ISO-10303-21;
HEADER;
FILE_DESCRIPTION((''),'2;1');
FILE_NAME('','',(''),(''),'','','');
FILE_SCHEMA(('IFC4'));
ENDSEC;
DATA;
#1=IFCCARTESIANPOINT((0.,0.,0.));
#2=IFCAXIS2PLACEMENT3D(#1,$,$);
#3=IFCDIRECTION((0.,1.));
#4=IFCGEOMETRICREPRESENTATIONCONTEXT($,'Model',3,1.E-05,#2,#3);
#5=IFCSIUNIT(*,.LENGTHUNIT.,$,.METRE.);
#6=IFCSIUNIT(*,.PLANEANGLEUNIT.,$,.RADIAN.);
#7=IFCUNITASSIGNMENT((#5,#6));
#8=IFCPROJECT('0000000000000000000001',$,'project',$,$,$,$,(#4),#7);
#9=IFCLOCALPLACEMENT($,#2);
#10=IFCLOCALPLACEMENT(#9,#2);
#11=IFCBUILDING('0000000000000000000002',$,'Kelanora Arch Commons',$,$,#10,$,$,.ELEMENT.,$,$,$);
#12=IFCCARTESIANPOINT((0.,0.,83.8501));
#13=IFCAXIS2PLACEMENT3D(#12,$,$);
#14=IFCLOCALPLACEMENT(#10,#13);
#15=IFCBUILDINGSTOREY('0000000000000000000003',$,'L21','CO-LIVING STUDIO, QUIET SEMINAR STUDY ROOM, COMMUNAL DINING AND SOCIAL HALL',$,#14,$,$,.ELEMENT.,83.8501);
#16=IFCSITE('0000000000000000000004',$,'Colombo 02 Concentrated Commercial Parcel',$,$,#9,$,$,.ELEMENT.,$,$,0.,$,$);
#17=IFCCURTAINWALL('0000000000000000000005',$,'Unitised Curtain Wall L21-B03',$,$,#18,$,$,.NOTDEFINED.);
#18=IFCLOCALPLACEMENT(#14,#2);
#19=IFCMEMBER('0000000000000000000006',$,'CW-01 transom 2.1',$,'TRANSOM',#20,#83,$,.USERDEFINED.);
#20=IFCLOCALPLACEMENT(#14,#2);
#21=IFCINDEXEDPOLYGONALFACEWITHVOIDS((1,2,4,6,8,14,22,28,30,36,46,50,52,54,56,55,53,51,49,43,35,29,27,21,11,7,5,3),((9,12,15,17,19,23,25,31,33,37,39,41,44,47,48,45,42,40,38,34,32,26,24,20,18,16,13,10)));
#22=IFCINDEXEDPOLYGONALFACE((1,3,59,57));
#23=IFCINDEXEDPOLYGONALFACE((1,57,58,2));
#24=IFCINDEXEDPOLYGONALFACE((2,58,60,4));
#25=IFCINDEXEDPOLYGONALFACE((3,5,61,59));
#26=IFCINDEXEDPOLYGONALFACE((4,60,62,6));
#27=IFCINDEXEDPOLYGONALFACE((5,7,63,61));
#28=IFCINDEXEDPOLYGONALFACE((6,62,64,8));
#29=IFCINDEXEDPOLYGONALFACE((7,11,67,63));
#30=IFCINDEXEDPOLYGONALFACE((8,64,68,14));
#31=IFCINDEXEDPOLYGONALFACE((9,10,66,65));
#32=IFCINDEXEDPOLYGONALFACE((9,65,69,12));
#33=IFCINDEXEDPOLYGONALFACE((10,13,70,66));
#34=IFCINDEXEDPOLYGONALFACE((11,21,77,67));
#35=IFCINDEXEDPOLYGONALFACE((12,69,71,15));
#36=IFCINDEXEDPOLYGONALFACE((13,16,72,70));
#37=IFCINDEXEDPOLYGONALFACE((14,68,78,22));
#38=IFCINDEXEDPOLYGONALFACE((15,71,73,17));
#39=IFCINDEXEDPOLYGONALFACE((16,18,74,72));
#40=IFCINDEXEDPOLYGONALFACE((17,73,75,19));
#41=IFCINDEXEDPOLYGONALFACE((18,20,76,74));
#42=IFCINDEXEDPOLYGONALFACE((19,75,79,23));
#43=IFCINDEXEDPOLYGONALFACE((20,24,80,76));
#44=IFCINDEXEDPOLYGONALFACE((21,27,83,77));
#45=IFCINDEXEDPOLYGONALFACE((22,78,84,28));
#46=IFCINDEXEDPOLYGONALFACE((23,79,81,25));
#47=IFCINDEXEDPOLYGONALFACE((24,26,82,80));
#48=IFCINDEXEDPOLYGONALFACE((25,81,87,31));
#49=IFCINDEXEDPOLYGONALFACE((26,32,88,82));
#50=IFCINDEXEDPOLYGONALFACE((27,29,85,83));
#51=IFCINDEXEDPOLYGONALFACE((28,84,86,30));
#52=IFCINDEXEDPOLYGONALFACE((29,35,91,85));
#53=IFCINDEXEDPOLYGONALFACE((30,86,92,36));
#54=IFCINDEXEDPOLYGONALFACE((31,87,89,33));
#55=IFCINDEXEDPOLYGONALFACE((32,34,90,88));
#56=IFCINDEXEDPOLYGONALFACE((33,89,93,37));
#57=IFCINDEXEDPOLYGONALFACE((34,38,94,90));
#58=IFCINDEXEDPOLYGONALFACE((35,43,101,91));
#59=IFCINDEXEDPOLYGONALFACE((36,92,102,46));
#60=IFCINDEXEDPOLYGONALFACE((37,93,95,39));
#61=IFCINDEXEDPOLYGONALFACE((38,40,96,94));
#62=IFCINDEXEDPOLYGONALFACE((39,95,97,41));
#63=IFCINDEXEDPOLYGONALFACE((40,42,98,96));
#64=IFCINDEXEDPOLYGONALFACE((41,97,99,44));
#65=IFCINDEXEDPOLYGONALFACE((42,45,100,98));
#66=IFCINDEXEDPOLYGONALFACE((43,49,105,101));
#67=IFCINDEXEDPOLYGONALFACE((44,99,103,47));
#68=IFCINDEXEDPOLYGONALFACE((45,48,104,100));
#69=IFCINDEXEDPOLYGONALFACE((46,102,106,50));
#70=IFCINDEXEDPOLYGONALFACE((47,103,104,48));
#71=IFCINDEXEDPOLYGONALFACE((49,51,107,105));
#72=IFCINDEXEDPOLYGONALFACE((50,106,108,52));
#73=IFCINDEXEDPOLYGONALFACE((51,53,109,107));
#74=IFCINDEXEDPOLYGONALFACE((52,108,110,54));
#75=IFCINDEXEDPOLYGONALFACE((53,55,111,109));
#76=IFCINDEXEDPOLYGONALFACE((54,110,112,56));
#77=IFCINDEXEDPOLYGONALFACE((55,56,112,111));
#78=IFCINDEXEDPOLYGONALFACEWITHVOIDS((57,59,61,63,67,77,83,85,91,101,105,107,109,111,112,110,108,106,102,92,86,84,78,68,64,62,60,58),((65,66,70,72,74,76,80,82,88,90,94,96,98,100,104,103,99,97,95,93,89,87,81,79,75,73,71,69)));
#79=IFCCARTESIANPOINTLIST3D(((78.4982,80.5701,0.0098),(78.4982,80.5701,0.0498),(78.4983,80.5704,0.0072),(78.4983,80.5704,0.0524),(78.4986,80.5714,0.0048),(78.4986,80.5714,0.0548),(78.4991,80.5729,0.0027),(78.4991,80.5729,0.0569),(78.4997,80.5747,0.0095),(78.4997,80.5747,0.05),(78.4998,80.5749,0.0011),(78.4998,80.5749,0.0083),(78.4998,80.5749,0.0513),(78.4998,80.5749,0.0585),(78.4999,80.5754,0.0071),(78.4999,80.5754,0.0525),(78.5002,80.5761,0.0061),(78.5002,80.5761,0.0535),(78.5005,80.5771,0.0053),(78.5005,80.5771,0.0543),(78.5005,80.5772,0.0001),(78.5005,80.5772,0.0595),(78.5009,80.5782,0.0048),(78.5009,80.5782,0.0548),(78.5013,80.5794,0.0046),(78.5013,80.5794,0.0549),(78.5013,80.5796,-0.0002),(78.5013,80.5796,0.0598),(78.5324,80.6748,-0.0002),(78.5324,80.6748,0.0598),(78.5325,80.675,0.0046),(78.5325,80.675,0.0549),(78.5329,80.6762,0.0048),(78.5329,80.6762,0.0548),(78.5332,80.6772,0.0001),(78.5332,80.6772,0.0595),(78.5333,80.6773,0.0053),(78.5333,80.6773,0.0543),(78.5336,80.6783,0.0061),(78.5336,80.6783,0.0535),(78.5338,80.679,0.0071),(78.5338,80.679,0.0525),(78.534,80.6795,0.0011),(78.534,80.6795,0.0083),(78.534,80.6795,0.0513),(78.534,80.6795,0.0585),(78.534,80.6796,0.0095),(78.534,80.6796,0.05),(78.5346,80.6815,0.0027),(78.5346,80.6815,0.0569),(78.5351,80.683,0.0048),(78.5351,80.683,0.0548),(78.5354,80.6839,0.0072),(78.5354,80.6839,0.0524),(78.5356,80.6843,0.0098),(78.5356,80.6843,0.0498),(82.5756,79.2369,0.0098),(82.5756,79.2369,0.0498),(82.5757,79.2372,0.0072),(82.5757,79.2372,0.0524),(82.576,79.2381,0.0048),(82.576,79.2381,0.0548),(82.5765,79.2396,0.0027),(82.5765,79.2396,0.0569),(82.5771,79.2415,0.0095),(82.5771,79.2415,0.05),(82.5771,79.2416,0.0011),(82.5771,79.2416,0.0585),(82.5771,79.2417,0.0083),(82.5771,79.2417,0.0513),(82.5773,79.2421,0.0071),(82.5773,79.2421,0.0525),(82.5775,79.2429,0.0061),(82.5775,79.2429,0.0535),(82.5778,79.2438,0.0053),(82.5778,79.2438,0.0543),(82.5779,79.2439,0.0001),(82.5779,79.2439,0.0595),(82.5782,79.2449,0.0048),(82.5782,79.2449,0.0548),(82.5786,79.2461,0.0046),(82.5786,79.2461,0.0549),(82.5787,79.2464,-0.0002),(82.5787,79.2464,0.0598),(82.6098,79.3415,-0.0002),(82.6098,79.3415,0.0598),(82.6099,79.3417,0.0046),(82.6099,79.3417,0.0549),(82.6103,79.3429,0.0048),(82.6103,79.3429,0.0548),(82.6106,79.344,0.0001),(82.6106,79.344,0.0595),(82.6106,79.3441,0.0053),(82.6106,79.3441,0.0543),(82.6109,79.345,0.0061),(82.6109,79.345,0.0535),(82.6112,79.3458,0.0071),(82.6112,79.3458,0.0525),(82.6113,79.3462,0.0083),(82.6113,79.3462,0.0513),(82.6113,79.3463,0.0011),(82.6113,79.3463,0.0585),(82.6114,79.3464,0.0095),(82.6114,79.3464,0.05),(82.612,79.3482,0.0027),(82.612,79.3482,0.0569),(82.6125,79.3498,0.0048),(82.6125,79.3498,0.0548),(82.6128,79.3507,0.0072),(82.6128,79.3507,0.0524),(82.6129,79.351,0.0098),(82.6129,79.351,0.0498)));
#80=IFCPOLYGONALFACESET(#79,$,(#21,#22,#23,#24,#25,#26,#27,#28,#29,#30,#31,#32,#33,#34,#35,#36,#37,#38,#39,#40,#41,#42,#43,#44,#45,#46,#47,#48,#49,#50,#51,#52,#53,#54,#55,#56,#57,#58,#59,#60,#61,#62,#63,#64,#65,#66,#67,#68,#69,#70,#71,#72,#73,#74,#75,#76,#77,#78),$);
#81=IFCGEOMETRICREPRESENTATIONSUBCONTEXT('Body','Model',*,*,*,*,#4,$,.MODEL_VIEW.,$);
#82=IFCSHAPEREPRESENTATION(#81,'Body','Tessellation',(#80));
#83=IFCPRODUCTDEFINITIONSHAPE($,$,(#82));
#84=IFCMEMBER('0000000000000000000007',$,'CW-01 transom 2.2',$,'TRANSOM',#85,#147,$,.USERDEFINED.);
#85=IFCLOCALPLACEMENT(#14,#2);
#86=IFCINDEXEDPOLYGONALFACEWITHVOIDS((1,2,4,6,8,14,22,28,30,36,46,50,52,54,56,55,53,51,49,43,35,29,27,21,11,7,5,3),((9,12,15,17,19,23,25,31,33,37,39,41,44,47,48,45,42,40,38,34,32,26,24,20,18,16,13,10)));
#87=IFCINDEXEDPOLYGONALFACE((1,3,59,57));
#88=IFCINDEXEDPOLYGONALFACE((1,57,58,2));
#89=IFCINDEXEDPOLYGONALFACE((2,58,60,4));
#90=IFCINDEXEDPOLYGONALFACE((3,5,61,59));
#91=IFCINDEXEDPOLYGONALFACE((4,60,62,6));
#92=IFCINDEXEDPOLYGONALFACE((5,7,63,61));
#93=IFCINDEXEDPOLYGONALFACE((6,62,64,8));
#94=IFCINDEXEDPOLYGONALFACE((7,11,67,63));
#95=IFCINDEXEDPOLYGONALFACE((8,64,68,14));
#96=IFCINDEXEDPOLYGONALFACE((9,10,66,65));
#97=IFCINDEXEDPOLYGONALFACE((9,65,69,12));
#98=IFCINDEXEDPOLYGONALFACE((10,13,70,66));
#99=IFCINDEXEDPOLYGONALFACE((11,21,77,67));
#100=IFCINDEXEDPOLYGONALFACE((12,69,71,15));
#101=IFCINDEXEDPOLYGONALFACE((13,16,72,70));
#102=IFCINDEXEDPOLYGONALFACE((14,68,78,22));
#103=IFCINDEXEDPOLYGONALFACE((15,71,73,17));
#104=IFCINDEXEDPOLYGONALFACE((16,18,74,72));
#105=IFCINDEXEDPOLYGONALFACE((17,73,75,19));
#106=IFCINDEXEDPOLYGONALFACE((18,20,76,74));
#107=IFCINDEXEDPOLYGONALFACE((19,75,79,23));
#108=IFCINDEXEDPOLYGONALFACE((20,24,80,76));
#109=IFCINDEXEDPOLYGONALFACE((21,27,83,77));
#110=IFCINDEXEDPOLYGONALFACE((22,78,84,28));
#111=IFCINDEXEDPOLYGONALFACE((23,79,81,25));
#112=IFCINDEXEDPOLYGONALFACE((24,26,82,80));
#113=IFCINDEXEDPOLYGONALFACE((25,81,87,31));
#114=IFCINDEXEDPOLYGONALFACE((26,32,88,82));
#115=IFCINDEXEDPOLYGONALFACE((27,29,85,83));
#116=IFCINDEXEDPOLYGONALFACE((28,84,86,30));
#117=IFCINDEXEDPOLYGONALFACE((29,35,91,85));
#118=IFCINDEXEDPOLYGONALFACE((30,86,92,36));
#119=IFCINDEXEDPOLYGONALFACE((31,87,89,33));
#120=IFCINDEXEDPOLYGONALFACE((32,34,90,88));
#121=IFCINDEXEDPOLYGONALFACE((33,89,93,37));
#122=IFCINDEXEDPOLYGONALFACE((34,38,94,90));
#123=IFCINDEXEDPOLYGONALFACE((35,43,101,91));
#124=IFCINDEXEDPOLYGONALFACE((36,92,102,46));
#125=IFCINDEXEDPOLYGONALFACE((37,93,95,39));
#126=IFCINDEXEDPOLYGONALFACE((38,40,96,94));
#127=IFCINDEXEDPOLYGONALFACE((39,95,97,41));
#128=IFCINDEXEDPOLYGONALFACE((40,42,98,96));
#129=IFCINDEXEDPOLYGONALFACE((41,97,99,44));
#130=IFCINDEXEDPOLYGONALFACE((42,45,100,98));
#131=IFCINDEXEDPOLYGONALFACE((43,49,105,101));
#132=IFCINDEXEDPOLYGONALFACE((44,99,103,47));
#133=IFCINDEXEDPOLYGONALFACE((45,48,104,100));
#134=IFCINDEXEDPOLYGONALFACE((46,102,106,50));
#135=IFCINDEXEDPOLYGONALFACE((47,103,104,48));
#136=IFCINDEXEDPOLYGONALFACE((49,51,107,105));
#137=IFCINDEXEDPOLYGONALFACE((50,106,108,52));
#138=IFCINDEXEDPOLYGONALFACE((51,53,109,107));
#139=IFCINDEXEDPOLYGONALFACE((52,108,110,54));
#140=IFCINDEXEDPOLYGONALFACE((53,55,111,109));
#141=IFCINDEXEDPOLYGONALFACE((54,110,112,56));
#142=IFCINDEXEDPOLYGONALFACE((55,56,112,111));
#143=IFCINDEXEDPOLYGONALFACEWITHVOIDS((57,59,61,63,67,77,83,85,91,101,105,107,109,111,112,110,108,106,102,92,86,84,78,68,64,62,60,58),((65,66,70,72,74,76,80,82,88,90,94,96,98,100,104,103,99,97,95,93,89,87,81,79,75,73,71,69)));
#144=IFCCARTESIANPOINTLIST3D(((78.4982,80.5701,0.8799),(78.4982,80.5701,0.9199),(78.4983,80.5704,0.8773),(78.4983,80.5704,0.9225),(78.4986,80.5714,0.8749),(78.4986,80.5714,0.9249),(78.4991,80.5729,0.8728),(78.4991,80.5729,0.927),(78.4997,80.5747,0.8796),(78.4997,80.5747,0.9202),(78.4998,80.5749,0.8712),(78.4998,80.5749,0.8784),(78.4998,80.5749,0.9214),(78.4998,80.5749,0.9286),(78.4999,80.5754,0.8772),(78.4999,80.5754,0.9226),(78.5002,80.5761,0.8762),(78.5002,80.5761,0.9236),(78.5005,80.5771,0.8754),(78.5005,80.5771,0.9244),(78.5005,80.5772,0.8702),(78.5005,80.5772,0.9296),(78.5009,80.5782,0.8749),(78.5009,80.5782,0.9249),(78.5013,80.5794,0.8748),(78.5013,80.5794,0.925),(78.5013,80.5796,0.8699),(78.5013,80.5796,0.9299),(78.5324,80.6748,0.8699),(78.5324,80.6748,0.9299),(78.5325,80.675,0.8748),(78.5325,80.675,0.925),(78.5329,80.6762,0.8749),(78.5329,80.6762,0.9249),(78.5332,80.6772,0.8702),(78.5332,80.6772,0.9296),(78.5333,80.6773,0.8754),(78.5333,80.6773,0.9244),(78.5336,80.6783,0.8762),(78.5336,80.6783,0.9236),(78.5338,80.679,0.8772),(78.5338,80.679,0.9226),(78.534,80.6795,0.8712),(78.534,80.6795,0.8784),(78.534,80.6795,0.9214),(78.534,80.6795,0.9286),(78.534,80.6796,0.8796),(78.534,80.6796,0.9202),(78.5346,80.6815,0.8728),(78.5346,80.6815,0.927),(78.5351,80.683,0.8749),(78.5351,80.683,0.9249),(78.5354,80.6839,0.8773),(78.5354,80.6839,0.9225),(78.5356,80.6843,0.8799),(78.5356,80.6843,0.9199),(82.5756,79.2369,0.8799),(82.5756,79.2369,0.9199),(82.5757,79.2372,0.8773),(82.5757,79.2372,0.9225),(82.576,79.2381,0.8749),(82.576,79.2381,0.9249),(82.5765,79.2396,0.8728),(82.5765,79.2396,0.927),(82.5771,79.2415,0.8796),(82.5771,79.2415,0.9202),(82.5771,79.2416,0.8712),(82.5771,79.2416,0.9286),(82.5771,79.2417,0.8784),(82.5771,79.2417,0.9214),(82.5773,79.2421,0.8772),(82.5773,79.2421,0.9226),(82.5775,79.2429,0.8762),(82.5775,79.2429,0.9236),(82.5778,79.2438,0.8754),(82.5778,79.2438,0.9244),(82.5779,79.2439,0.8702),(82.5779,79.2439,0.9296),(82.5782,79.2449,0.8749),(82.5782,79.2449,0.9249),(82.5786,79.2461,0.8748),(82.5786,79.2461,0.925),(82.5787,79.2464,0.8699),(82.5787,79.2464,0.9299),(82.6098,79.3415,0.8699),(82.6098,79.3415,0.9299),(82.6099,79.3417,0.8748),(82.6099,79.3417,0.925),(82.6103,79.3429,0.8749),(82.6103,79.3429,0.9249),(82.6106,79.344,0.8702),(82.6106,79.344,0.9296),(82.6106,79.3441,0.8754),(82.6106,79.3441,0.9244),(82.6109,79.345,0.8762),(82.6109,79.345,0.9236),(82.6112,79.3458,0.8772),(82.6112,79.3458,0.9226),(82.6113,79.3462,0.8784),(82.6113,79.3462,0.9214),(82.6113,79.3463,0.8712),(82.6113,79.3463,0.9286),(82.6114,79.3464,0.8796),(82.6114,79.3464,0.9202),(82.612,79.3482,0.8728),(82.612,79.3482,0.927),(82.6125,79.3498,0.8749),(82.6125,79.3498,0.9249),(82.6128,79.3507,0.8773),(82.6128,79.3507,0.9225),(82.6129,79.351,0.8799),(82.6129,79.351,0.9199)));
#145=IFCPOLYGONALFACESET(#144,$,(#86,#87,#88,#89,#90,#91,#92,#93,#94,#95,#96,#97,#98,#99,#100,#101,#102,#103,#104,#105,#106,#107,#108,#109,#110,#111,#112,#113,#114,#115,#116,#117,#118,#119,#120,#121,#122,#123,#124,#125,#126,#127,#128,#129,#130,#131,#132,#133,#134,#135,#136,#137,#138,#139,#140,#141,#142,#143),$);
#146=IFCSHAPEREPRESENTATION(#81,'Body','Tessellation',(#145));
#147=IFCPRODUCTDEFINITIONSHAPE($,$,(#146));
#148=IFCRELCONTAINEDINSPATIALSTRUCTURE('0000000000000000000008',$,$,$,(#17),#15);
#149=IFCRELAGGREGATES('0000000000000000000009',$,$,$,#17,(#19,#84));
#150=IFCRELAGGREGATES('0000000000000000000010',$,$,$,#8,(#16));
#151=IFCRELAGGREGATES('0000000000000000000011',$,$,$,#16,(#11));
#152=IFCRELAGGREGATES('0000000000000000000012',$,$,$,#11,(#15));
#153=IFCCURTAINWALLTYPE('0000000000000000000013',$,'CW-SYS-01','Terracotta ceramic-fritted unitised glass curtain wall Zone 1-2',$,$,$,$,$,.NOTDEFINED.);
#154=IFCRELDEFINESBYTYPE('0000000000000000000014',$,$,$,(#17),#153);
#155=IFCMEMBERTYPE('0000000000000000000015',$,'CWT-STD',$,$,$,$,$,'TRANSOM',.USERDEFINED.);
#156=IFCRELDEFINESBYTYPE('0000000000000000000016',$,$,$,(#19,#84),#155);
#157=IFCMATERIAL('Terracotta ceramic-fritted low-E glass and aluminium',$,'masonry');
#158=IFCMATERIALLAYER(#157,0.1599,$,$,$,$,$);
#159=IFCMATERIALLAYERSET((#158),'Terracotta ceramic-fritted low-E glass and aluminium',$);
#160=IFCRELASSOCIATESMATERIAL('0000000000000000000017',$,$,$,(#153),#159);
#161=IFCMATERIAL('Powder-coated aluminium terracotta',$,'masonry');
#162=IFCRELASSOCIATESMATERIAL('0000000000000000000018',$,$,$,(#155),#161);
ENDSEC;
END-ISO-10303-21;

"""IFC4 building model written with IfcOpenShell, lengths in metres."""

from ifc_helpers import new_model, si_unit, direction, frame, origin, origin_2d, place, context, subcontext, project, spatial, hollow_rectangle, extrude, material, layer, layer_set, material_profile, profile_set, type_object, element, aggregate, save


model = new_model("IFC4")

# Units and contexts
model_context = context("Model", 3, precision=1e-05, world=origin(), true_north=direction((0.0, 1.0)))
body_context = subcontext(model_context, "Body", "Model", "MODEL_VIEW")
ifc_project = project(units=[si_unit("LENGTHUNIT", "METRE"), si_unit("PLANEANGLEUNIT", "RADIAN")], contexts=[model_context])

# Site, building, storey
site_placement = place(None, origin())
site = spatial("IfcSite", under=ifc_project, at=site_placement, Name="Colombo 02 Concentrated Commercial Parcel", CompositionType="ELEMENT", RefElevation=0.0)
building_placement = place(site_placement, origin())
building = spatial("IfcBuilding", under=site, at=building_placement, Name="Kelanora Arch Commons", CompositionType="ELEMENT")
storey_placement = place(building_placement, frame((0.0, 0.0, 83.8501)))
storey = spatial("IfcBuildingStorey", under=building, at=storey_placement, Name="L21", Description="CO-LIVING STUDIO, QUIET SEMINAR STUDY ROOM, COMMUNAL DINING AND SOCIAL HALL", CompositionType="ELEMENT", Elevation=83.8501)

# Curtain wall, members
ifc_material_1 = material(Name="Terracotta ceramic-fritted low-E glass and aluminium", Category="masonry")
ifc_layer_1 = layer(ifc_material_1, 0.1599)
ifc_layer_set_1 = layer_set([ifc_layer_1], Name="Terracotta ceramic-fritted low-E glass and aluminium")
curtain_wall_type = type_object("IfcCurtainWallType", Name="CW-SYS-01", Description="Terracotta ceramic-fritted unitised glass curtain wall Zone 1-2", PredefinedType="NOTDEFINED", material=ifc_layer_set_1)
curtain_wall_placement = place(storey_placement, origin())
curtain_wall = element("IfcCurtainWall", 1, at=curtain_wall_placement, inside=storey, type_object=curtain_wall_type, Name="Unitised Curtain Wall L21-B03", PredefinedType="NOTDEFINED")
ifc_material_2 = material(Name="Powder-coated aluminium terracotta", Category="masonry")
ifc_material_profile_1 = material_profile(ifc_material_2, hollow_rectangle(XDim=0.1201, YDim=0.0601, WallThickness=0.0049, InnerFilletRadius=0.0049, OuterFilletRadius=0.01, at=origin_2d()), Name="CWT120x60")
ifc_profile_set_1 = profile_set([ifc_material_profile_1], Name="Powder-coated aluminium terracotta")
member_type_1 = type_object("IfcMemberType", Name="CWT-STD", ElementType="TRANSOM", PredefinedType="USERDEFINED", material=ifc_profile_set_1)
member_1_placement = place(storey_placement, frame((82.5942, 79.2939, 0.0298), z_axis=(-0.950478, 0.310793, 0.0), x_axis=(-0.310793, -0.950478, 0.0)))
member_1 = element("IfcMember", 2, at=member_1_placement, type_object=member_type_1, Name="CW-01 transom 2.1", ObjectType="TRANSOM", PredefinedType="USERDEFINED", context=body_context, shape_type="SweptSolid", body=[
    extrude(hollow_rectangle(XDim=0.1201, YDim=0.0601, WallThickness=0.0049, InnerFilletRadius=0.0049, OuterFilletRadius=0.01, at=origin_2d()), origin(), (0.0, 0.0, 1.0), 4.2898),
])
member_2_placement = place(storey_placement, frame((82.5942, 79.2939, 0.8999), z_axis=(-0.950478, 0.310793, 0.0), x_axis=(-0.310793, -0.950478, 0.0)))
member_2 = element("IfcMember", 3, at=member_2_placement, type_object=member_type_1, Name="CW-01 transom 2.2", ObjectType="TRANSOM", PredefinedType="USERDEFINED", context=body_context, shape_type="SweptSolid", body=[
    extrude(hollow_rectangle(XDim=0.1201, YDim=0.0601, WallThickness=0.0049, InnerFilletRadius=0.0049, OuterFilletRadius=0.01, at=origin_2d()), origin(), (0.0, 0.0, 1.0), 4.2898),
])
aggregate(curtain_wall, [member_1, member_2])

save(model, "model.ifc")
